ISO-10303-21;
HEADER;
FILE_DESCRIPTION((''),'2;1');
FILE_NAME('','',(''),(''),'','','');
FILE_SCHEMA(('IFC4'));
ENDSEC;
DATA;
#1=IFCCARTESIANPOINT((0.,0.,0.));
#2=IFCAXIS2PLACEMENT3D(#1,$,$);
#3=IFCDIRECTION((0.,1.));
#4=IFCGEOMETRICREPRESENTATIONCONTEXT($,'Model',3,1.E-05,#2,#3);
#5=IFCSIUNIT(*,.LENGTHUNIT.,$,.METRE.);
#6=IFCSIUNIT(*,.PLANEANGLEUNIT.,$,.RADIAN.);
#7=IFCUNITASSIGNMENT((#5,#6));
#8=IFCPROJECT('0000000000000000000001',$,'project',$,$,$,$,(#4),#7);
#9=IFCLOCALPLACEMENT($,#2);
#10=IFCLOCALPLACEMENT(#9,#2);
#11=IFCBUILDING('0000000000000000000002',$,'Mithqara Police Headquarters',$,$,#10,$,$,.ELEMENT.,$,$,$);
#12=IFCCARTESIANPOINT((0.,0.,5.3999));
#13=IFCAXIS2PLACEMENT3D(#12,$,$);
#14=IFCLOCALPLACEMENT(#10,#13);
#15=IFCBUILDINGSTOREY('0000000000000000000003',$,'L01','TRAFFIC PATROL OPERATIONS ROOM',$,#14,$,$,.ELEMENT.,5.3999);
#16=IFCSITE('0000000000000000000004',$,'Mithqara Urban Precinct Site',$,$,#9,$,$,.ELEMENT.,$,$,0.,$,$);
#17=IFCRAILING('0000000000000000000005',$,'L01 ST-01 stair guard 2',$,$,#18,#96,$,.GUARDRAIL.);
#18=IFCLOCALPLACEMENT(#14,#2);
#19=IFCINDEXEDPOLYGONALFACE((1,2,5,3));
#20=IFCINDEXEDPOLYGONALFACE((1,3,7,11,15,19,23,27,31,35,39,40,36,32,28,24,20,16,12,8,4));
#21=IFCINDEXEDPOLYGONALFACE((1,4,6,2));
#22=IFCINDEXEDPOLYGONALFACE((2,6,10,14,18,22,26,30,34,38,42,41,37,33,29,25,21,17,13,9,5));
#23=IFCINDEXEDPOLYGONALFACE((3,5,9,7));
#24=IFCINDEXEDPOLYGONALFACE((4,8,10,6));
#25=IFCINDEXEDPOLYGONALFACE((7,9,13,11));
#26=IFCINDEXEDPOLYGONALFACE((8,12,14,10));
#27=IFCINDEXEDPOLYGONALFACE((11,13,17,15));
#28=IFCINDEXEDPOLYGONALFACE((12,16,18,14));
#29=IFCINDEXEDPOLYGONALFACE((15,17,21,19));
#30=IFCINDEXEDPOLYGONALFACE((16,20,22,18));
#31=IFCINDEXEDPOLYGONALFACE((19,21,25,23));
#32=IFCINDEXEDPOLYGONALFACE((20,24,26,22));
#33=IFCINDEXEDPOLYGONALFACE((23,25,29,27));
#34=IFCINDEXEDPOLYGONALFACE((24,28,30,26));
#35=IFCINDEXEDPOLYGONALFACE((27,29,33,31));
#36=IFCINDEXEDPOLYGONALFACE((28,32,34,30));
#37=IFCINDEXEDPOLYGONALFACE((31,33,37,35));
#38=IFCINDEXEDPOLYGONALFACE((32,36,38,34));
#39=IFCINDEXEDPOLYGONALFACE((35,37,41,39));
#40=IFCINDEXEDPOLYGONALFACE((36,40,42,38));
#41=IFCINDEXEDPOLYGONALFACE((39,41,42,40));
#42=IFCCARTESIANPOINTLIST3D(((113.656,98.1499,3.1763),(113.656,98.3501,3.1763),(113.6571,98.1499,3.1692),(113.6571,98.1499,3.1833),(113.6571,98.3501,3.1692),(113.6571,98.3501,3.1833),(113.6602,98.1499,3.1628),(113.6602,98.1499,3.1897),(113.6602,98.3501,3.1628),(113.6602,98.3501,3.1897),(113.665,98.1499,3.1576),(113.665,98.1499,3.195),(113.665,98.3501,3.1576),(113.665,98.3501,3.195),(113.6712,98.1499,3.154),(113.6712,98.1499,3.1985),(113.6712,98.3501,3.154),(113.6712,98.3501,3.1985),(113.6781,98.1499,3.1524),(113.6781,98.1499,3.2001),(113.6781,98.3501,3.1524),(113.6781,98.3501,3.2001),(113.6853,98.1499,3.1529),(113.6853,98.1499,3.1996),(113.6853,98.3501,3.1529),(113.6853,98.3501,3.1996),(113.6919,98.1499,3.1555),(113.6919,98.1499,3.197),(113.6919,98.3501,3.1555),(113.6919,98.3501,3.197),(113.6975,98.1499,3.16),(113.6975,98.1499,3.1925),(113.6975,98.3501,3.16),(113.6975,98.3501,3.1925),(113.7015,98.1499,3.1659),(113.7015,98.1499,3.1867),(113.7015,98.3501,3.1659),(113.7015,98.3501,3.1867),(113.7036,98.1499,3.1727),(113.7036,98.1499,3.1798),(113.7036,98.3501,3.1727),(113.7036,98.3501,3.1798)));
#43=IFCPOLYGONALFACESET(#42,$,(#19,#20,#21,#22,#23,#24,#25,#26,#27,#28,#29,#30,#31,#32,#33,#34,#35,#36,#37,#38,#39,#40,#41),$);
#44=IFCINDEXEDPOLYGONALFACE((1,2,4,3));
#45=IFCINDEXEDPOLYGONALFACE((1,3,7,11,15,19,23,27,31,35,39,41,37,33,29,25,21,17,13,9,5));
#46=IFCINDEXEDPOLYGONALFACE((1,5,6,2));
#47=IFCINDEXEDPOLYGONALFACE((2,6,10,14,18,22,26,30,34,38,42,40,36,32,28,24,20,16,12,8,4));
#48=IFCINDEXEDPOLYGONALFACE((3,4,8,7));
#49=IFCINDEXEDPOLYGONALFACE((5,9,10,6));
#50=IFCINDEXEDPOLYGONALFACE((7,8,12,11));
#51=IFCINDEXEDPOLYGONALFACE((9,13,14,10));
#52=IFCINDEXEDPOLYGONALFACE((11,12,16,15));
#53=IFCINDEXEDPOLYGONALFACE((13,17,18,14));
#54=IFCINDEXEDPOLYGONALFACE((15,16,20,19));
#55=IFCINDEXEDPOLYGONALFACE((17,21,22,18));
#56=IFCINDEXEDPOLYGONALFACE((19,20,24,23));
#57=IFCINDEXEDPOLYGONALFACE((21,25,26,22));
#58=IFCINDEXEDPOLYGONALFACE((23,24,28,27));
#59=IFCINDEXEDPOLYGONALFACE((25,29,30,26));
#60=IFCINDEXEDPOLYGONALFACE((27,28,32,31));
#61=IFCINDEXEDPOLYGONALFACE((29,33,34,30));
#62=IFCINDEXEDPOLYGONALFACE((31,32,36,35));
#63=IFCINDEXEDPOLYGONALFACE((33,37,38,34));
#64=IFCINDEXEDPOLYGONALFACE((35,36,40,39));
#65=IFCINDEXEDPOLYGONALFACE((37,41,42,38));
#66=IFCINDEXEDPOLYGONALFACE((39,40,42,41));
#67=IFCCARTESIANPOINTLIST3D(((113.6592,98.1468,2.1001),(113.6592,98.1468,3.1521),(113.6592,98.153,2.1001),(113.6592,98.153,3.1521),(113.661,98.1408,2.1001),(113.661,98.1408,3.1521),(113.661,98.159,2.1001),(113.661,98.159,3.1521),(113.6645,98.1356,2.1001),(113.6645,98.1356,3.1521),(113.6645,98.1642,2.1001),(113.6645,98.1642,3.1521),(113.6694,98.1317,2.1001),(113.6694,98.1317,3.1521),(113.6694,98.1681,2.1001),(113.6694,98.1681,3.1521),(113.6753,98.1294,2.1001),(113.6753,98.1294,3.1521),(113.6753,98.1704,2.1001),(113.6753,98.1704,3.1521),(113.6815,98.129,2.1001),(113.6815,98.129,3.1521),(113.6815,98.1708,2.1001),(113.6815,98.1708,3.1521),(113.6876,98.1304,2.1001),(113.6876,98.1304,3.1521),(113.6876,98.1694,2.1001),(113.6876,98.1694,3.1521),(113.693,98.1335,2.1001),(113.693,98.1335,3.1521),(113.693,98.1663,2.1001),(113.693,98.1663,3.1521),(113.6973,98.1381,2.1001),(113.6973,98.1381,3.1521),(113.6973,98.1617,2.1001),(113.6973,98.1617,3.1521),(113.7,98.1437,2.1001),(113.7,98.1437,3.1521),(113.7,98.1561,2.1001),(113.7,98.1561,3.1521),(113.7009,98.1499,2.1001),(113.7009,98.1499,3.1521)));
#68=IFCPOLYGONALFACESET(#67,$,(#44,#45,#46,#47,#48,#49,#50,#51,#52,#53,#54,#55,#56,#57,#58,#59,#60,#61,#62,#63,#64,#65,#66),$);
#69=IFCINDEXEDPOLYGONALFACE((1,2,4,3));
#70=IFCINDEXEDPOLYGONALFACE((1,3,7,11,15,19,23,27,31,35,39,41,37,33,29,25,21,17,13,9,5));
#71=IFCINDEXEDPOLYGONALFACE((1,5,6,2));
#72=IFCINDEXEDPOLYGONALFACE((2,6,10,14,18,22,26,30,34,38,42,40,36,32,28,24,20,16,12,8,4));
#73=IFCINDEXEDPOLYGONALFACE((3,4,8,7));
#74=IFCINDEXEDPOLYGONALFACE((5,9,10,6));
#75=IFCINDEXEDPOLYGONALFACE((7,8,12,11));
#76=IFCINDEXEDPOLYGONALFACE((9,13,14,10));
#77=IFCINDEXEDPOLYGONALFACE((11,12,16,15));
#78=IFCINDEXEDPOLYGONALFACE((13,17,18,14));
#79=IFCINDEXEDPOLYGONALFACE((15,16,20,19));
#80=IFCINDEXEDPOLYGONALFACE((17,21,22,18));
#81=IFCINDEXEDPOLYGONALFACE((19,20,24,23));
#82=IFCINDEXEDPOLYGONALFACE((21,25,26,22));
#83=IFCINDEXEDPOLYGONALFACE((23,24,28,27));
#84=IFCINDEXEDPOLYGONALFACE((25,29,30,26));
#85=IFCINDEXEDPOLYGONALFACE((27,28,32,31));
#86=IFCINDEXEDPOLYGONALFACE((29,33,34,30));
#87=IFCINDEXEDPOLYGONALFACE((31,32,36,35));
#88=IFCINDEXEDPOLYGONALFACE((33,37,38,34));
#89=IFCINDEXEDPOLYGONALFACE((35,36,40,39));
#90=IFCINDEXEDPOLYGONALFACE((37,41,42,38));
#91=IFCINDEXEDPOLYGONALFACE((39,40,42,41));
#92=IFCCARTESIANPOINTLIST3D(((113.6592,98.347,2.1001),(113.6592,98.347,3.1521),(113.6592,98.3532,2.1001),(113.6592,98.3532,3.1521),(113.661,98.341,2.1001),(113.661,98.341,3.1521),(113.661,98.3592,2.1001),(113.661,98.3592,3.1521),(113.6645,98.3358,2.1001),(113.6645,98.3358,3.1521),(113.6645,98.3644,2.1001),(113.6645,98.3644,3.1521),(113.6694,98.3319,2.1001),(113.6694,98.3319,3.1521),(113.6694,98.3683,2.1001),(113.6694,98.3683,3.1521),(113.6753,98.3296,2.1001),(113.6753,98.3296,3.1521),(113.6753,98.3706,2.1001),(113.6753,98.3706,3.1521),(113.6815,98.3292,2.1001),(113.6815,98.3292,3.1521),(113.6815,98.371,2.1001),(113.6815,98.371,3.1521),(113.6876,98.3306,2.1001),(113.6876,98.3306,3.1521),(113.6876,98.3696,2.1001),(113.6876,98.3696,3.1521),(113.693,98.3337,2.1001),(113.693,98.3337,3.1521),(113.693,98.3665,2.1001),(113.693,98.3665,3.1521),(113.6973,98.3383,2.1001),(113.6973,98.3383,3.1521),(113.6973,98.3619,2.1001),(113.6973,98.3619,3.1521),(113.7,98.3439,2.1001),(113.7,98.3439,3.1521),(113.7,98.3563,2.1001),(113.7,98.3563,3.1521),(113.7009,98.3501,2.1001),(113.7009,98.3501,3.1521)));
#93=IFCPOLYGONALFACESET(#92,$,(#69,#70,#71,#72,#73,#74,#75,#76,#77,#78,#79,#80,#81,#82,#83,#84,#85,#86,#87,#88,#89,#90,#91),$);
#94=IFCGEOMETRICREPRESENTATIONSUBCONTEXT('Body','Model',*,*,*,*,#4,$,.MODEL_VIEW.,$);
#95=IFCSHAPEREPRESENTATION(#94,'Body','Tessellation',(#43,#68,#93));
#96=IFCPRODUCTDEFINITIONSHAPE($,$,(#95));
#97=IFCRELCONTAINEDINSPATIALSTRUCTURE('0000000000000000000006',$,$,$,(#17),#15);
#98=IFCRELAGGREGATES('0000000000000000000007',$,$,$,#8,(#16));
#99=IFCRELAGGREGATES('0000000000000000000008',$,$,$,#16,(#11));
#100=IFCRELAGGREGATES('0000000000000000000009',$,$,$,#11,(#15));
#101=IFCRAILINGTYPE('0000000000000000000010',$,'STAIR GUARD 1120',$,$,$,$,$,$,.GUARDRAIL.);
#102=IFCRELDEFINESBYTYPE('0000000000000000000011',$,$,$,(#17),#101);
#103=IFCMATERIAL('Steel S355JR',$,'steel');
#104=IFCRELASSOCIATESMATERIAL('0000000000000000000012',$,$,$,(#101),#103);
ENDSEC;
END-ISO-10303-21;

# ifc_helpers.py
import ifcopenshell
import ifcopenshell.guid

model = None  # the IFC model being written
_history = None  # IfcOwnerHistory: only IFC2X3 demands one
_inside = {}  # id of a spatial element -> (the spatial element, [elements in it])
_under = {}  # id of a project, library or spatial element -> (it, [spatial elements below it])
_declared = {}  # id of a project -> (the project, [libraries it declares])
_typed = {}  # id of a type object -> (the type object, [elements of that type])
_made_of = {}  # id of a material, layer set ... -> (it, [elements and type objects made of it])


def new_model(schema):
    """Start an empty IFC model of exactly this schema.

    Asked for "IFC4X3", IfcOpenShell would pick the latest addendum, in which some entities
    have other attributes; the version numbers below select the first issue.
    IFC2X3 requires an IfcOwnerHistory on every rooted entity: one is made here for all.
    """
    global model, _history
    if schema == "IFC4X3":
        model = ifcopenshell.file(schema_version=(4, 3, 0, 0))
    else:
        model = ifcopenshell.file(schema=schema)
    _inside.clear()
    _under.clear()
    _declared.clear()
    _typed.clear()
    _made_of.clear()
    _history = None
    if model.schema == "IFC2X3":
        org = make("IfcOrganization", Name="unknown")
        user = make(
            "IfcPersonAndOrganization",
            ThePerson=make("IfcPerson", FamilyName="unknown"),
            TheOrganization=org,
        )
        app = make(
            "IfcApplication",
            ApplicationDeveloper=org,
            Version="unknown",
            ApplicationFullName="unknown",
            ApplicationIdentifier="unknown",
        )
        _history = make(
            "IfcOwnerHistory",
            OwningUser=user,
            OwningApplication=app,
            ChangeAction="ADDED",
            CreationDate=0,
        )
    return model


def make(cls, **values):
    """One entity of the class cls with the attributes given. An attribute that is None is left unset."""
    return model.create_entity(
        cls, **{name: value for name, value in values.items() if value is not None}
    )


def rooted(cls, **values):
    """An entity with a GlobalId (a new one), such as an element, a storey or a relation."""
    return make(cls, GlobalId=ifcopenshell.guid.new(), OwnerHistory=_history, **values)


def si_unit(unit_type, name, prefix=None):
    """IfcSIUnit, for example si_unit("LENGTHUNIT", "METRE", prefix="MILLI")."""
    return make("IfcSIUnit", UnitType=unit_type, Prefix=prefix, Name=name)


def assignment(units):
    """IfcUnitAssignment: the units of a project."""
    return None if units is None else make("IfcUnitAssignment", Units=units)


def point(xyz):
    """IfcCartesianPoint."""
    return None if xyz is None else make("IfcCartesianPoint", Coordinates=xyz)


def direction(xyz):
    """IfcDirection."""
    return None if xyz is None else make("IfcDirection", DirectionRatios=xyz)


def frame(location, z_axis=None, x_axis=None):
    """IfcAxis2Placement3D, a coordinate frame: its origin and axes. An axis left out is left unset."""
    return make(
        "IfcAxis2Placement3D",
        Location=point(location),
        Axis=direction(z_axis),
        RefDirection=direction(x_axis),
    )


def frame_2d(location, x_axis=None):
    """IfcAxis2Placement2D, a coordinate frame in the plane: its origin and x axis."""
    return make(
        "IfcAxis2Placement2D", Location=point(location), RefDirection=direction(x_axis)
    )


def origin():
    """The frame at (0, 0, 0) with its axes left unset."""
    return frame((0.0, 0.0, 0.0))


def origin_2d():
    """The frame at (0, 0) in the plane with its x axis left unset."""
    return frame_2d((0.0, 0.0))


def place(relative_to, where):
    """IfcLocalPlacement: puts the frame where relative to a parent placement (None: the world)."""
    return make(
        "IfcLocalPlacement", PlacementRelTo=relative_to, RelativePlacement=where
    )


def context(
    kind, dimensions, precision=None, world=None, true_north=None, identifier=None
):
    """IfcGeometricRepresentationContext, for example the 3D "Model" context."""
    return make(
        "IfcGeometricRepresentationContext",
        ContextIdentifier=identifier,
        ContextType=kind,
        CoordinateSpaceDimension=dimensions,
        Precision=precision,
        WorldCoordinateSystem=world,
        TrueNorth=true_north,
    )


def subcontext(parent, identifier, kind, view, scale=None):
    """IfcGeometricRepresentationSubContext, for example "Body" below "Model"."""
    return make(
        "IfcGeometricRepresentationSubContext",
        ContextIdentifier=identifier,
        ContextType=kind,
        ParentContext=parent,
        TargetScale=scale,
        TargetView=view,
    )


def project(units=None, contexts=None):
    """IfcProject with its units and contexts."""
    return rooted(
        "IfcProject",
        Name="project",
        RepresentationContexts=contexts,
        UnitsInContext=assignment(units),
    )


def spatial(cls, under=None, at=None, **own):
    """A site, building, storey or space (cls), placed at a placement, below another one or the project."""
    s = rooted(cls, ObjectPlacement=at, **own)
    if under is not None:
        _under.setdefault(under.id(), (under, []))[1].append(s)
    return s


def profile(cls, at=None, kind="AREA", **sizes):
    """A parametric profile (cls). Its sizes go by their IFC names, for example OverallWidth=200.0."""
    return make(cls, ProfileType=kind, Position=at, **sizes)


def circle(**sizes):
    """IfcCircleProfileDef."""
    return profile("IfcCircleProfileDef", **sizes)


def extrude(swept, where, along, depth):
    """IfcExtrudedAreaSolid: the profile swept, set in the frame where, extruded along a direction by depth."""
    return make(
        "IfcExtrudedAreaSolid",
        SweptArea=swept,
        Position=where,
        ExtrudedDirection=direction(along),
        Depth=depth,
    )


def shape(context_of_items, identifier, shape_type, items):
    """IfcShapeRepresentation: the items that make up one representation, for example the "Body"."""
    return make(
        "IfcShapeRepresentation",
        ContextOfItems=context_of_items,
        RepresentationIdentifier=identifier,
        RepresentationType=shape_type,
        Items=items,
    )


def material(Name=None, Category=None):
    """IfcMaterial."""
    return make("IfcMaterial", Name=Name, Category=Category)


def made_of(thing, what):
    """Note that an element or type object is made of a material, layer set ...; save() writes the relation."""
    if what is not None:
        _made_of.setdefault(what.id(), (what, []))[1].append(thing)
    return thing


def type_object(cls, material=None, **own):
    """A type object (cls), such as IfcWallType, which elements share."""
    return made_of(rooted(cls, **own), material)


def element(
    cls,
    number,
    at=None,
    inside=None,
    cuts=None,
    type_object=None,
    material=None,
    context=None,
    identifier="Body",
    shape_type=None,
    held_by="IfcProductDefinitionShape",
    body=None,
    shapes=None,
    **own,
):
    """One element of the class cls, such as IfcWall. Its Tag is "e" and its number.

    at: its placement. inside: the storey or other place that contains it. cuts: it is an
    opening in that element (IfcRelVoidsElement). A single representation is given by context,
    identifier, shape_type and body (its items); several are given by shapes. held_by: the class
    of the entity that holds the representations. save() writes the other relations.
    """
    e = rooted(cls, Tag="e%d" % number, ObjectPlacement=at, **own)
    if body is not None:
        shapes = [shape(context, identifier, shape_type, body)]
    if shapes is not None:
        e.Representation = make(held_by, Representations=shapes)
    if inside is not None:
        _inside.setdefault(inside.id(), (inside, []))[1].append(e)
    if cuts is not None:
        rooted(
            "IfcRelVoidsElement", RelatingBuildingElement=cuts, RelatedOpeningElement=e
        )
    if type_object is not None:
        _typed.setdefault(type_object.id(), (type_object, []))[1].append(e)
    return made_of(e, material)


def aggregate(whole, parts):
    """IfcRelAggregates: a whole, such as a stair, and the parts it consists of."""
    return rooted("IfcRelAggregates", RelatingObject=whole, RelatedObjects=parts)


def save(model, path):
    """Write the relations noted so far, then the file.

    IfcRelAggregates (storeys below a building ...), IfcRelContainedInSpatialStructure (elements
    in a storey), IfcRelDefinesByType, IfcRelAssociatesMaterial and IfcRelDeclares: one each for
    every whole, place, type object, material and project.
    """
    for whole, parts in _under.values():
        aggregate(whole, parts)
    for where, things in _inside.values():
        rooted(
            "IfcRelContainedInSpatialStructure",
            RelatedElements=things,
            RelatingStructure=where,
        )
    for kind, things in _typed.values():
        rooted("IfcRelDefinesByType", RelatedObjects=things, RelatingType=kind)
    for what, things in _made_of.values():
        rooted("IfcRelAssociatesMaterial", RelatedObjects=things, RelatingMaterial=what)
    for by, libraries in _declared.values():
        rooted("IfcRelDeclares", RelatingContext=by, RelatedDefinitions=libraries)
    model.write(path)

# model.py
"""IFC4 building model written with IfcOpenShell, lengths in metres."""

from ifc_helpers import new_model, si_unit, direction, frame, origin, origin_2d, place, context, subcontext, project, spatial, circle, extrude, material, type_object, element, save


model = new_model("IFC4")

# Units and contexts
model_context = context("Model", 3, precision=1e-05, world=origin(), true_north=direction((0.0, 1.0)))
body_context = subcontext(model_context, "Body", "Model", "MODEL_VIEW")
ifc_project = project(units=[si_unit("LENGTHUNIT", "METRE"), si_unit("PLANEANGLEUNIT", "RADIAN")], contexts=[model_context])

# Site, building, storey
site_placement = place(None, origin())
site = spatial("IfcSite", under=ifc_project, at=site_placement, Name="Mithqara Urban Precinct Site", CompositionType="ELEMENT", RefElevation=0.0)
building_placement = place(site_placement, origin())
building = spatial("IfcBuilding", under=site, at=building_placement, Name="Mithqara Police Headquarters", CompositionType="ELEMENT")
storey_placement = place(building_placement, frame((0.0, 0.0, 5.3999)))
storey = spatial("IfcBuildingStorey", under=building, at=storey_placement, Name="L01", Description="TRAFFIC PATROL OPERATIONS ROOM", CompositionType="ELEMENT", Elevation=5.3999)

# Shared definitions
ifc_material_1 = material(Name="Steel S355JR", Category="steel")

# Railing
railing_type_1 = type_object("IfcRailingType", Name="STAIR GUARD 1120", PredefinedType="GUARDRAIL", material=ifc_material_1)
railing_1_placement = place(storey_placement, frame((113.6799, 98.1499, 2.1001)))
element("IfcRailing", 1, at=railing_1_placement, inside=storey, type_object=railing_type_1, Name="L01 ST-01 stair guard 2", PredefinedType="GUARDRAIL", context=body_context, shape_type="SweptSolid", body=[
    extrude(circle(Radius=0.0239, at=origin_2d()), frame((0.0, 0.0, 1.0762), z_axis=(0.0, 1.0, 0.0), x_axis=(-1.0, 0.0, 0.0)), (0.0, 0.0, 1.0), 0.2002),
    extrude(circle(Radius=0.021, at=origin_2d()), origin(), (0.0, 0.0, 1.0), 1.052),
    extrude(circle(Radius=0.021, at=origin_2d()), frame((0.0, 0.2002, 0.0)), (0.0, 0.0, 1.0), 1.052),
])

save(model, "model.ifc")
